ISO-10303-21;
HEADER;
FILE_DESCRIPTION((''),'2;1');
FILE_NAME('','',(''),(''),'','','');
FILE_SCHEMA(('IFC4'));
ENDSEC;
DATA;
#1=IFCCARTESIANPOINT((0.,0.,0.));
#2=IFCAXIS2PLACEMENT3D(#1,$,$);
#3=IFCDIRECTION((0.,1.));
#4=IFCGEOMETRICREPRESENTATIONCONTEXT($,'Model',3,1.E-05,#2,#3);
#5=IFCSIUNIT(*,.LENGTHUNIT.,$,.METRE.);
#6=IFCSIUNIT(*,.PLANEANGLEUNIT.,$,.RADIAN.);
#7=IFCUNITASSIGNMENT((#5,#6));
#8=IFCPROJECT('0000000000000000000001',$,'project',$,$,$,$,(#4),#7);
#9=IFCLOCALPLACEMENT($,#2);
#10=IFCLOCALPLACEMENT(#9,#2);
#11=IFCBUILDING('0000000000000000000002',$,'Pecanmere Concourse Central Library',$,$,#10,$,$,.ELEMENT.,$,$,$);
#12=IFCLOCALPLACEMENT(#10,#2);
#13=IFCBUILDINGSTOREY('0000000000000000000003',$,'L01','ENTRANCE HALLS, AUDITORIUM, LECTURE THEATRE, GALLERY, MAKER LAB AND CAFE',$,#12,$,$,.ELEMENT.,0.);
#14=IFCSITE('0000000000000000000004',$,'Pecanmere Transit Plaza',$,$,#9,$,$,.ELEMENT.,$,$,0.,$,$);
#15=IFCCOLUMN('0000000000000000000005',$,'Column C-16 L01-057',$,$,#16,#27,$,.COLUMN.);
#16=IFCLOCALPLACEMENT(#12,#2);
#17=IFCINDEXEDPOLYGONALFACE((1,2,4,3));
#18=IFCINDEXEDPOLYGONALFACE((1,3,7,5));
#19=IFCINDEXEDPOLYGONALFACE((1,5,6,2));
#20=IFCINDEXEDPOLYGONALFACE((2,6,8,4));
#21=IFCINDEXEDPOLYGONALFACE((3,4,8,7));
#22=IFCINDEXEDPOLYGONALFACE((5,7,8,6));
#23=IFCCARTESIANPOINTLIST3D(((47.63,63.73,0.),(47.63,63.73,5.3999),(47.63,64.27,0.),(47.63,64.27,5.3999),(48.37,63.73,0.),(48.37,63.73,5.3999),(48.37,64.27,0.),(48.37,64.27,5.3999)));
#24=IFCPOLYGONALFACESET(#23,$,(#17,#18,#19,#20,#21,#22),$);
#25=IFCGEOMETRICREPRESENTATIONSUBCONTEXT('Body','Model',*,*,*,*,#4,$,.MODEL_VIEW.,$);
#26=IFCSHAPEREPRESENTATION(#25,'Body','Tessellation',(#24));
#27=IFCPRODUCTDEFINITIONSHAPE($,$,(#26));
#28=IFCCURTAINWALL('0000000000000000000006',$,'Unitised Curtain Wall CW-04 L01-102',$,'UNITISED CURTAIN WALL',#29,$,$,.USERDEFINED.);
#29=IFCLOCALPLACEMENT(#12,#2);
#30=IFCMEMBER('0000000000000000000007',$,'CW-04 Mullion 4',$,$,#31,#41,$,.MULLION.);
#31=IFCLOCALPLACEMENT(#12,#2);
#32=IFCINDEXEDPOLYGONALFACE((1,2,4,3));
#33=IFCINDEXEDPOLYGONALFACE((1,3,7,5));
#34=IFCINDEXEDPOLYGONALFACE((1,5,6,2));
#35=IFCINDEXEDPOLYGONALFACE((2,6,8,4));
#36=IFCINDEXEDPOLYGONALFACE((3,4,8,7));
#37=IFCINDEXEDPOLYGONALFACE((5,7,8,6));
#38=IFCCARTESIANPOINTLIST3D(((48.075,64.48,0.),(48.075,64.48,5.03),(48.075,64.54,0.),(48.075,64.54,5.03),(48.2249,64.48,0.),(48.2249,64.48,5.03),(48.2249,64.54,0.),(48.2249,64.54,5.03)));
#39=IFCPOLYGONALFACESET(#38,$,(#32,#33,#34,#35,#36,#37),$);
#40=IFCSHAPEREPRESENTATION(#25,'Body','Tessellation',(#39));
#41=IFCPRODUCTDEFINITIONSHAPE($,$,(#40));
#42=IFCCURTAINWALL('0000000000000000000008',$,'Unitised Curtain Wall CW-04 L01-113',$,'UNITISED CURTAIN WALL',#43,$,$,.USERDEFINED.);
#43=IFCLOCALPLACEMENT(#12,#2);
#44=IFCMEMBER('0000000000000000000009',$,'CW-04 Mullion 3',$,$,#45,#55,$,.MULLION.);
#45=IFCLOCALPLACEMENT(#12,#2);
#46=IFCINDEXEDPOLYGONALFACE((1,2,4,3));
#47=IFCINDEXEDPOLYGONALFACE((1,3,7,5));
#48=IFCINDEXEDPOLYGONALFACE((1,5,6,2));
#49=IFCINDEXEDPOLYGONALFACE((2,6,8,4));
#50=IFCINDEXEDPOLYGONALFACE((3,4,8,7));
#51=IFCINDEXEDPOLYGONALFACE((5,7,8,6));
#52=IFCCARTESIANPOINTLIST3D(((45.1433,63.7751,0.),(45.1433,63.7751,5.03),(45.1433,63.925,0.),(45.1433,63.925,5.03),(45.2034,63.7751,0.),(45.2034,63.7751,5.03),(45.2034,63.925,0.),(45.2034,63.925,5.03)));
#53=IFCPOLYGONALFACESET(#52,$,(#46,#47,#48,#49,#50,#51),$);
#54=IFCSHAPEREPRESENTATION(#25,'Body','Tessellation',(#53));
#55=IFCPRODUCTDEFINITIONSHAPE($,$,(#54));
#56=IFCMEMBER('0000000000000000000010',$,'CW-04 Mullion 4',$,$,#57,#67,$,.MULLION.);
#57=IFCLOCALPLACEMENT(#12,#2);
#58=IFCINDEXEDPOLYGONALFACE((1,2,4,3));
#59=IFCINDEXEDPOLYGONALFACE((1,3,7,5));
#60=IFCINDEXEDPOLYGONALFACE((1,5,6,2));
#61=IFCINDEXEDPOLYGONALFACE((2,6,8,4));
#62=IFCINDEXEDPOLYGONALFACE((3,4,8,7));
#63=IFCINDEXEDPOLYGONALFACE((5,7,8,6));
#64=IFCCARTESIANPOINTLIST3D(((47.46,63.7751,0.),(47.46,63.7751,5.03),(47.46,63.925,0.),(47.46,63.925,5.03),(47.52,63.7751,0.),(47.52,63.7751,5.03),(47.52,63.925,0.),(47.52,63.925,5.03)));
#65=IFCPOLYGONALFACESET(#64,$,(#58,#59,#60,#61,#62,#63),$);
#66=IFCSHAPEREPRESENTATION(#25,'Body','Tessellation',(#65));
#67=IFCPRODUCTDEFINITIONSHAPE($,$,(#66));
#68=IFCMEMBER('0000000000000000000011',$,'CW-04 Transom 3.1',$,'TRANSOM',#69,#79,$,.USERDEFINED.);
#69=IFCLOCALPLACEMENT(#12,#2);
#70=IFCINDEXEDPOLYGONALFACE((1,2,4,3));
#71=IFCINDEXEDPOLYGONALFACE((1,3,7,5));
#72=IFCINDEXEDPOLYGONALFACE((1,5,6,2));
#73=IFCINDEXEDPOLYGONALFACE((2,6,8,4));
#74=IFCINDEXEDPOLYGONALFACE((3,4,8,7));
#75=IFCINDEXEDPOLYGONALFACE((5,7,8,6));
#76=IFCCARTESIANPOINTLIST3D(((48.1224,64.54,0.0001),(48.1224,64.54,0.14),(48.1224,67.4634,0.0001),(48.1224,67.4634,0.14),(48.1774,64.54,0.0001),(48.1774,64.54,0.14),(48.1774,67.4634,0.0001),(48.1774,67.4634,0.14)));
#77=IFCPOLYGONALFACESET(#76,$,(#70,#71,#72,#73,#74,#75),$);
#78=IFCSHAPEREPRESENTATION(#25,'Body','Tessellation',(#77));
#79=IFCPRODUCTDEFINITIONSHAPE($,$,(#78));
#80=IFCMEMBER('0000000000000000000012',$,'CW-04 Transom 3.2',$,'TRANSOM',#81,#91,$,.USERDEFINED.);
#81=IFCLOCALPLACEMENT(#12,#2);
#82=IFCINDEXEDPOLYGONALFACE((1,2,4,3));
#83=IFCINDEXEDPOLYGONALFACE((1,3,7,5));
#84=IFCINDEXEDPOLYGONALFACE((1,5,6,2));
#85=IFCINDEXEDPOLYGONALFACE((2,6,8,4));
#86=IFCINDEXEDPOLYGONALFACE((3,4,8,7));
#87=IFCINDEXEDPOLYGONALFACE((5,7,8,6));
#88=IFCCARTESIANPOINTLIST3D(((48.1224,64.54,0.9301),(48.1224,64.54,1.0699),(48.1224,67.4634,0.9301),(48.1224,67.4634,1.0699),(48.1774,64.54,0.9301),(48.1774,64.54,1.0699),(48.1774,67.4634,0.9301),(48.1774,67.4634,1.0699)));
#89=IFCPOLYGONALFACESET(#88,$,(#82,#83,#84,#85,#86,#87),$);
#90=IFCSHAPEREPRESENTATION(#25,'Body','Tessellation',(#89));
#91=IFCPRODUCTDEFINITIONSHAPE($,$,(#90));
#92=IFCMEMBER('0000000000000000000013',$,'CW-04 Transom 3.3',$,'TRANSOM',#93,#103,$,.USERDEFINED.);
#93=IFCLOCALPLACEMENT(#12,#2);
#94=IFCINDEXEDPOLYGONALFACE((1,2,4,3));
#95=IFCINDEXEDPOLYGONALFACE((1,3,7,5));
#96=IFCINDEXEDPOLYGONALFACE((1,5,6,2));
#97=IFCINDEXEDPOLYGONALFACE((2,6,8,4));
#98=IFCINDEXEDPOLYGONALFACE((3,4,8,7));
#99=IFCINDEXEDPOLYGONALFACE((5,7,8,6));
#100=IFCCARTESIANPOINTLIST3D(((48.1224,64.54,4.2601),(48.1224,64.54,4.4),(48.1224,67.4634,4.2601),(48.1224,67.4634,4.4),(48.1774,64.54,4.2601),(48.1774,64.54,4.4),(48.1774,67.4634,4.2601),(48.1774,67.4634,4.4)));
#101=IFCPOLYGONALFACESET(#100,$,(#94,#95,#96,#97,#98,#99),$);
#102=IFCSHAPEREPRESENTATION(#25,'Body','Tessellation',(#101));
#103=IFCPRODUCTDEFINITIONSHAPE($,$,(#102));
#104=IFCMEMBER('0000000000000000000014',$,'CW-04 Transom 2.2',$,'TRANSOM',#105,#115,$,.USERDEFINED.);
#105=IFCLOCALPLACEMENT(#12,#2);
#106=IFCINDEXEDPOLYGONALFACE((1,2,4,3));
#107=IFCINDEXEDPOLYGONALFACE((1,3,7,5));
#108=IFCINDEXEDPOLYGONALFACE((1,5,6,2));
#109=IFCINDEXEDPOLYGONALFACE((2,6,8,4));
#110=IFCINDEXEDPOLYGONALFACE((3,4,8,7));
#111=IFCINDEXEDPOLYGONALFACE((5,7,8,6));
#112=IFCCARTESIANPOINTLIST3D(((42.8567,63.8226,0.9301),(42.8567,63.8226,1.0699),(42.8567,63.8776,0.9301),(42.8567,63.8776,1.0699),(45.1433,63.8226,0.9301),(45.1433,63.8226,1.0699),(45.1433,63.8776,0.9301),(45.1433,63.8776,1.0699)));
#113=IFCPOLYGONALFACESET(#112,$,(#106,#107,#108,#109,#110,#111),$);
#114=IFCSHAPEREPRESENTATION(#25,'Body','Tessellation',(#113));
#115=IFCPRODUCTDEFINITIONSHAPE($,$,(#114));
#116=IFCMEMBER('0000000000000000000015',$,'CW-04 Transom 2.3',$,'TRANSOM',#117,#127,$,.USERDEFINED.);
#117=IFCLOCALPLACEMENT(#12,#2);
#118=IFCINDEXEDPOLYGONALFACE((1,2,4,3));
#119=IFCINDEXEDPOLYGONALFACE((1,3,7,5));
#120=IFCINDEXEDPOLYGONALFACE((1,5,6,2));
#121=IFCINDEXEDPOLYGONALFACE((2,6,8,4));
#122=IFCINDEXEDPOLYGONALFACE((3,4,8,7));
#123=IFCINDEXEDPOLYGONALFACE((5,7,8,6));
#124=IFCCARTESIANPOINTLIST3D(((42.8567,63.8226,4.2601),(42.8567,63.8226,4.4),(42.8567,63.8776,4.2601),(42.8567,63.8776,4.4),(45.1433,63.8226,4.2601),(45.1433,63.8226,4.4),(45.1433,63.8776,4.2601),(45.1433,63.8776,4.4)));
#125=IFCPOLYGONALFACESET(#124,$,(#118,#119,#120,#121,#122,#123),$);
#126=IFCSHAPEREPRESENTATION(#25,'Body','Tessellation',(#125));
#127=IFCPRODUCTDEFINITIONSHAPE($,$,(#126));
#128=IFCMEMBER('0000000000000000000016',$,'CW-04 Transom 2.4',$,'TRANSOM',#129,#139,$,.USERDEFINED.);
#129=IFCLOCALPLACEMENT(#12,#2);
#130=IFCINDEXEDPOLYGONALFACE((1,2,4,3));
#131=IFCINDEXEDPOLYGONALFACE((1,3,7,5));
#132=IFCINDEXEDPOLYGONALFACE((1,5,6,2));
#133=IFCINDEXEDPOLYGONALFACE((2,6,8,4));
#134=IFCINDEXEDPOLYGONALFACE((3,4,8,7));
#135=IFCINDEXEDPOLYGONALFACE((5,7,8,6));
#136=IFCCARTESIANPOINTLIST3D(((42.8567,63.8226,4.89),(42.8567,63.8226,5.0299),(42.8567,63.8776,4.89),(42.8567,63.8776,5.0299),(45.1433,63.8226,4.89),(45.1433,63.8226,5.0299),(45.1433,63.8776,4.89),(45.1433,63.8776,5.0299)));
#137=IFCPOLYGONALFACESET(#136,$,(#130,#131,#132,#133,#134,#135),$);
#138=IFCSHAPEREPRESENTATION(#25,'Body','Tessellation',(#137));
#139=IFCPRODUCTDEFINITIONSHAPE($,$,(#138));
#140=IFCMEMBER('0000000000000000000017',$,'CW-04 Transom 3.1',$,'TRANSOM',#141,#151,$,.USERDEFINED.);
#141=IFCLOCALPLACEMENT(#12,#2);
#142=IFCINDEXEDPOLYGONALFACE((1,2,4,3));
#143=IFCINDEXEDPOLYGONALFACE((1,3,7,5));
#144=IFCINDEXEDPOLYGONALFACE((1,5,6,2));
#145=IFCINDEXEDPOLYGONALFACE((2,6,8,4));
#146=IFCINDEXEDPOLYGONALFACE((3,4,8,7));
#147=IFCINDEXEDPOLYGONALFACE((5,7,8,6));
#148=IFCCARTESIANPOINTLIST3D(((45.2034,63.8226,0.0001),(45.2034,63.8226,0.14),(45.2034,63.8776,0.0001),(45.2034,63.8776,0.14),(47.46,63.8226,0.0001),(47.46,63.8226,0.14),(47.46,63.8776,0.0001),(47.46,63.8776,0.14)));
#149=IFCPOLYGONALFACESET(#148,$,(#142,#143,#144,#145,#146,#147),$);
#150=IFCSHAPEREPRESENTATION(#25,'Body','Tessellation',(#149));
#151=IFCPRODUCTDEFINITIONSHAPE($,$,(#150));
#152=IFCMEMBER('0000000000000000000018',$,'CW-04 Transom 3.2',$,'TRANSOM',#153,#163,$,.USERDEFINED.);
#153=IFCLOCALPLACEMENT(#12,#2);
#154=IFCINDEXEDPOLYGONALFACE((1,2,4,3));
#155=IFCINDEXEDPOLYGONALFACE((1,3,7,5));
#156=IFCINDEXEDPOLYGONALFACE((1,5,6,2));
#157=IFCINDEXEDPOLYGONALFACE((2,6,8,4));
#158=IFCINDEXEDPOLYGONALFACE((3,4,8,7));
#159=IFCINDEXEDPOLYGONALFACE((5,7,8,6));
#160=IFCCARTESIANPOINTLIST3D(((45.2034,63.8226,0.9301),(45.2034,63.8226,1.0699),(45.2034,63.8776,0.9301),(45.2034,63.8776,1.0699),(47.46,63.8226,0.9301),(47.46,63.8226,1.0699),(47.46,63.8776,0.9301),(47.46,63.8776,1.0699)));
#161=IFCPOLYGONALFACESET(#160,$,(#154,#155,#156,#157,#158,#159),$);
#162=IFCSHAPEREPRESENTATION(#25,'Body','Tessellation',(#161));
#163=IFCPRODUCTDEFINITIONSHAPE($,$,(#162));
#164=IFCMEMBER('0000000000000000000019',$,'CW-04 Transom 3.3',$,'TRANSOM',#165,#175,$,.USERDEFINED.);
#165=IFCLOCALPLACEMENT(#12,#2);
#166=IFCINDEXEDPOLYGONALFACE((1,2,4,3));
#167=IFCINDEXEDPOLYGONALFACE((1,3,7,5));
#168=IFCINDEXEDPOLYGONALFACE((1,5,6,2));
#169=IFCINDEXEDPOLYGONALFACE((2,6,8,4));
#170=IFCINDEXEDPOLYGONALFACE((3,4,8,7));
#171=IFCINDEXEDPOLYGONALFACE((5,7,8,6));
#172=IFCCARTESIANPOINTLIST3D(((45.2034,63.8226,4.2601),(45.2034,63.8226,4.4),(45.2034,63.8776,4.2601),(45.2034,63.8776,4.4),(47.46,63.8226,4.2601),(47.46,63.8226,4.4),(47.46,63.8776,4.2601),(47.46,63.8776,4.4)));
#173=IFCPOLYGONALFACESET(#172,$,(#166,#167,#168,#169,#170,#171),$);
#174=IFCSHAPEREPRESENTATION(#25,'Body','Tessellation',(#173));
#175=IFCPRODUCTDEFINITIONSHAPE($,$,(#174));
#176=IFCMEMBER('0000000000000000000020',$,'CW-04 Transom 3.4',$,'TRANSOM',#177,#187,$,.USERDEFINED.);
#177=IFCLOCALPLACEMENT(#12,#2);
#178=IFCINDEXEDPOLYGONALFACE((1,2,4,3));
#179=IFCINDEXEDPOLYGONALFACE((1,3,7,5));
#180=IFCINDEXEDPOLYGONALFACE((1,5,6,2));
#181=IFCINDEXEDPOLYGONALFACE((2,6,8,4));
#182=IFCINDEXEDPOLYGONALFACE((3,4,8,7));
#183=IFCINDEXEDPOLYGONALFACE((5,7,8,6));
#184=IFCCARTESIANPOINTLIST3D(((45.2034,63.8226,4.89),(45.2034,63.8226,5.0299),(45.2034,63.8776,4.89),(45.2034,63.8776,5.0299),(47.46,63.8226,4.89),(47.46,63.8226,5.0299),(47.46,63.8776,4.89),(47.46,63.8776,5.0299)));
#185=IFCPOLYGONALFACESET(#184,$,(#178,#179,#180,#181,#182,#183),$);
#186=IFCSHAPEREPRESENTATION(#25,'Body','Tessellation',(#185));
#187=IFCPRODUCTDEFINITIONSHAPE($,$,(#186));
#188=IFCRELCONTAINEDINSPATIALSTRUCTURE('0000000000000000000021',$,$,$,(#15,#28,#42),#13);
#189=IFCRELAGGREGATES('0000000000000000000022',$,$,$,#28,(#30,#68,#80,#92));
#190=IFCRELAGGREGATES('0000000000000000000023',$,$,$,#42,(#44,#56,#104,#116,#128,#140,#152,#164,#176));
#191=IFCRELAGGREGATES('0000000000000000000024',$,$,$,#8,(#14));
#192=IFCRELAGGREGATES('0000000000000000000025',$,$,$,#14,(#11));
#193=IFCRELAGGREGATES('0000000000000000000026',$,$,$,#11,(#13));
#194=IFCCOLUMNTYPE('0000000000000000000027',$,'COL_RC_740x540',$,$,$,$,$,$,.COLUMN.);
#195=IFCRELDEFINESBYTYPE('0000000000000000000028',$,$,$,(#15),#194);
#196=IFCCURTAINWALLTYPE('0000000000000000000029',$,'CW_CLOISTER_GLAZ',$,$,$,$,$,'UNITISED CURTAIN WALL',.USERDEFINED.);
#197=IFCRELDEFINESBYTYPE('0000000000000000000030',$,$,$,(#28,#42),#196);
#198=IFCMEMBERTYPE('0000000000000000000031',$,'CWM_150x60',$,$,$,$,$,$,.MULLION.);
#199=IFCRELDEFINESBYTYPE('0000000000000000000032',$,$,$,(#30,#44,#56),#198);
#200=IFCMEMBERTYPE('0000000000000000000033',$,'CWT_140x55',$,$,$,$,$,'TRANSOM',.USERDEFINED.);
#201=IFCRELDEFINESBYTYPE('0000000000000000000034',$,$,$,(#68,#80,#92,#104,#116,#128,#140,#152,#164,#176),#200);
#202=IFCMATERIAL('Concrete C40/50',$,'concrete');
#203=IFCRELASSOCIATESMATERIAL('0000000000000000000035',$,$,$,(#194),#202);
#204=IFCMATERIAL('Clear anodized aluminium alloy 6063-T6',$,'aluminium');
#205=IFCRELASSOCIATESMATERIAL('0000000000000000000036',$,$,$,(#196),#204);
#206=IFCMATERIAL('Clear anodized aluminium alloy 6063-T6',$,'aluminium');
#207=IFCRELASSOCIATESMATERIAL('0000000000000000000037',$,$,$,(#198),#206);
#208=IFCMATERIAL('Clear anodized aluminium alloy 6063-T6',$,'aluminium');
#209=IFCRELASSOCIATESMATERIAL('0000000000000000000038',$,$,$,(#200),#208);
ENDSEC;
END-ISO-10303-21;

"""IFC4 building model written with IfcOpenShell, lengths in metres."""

from ifc_helpers import new_model, si_unit, direction, frame, origin, origin_2d, place, context, subcontext, project, spatial, rectangle, extrude, material, material_profile, profile_set, type_object, element, aggregate, save


model = new_model("IFC4")

# Units and contexts
model_context = context("Model", 3, precision=1e-05, world=origin(), true_north=direction((0.0, 1.0)))
body_context = subcontext(model_context, "Body", "Model", "MODEL_VIEW")
ifc_project = project(units=[si_unit("LENGTHUNIT", "METRE"), si_unit("PLANEANGLEUNIT", "RADIAN")], contexts=[model_context])

# Site, building, storey
site_placement = place(None, origin())
site = spatial("IfcSite", under=ifc_project, at=site_placement, Name="Pecanmere Transit Plaza", CompositionType="ELEMENT", RefElevation=0.0)
building_placement = place(site_placement, origin())
building = spatial("IfcBuilding", under=site, at=building_placement, Name="Pecanmere Concourse Central Library", CompositionType="ELEMENT")
storey_placement = place(building_placement, origin())
storey = spatial("IfcBuildingStorey", under=building, at=storey_placement, Name="L01", Description="ENTRANCE HALLS, AUDITORIUM, LECTURE THEATRE, GALLERY, MAKER LAB AND CAFE", CompositionType="ELEMENT", Elevation=0.0)

# Column
ifc_material_1 = material(Name="Concrete C40/50", Category="concrete")
ifc_material_profile_1 = material_profile(ifc_material_1, rectangle(XDim=0.74, YDim=0.54, at=origin_2d()), Name="RC 740x540")
ifc_profile_set_1 = profile_set([ifc_material_profile_1], Name="Concrete C40/50")
column_type = type_object("IfcColumnType", Name="COL_RC_740x540", PredefinedType="COLUMN", material=ifc_profile_set_1)
column_placement = place(storey_placement, frame((48.0, 64.0, 0.0), z_axis=(0.0, 0.0, 1.0), x_axis=(1.0, 0.0, 0.0)))
element("IfcColumn", 1, at=column_placement, inside=storey, type_object=column_type, Name="Column C-16 L01-057", PredefinedType="COLUMN", context=body_context, shape_type="SweptSolid", body=[
    extrude(rectangle(XDim=0.74, YDim=0.54, at=origin_2d()), origin(), (0.0, 0.0, 1.0), 5.3999),
])

# Curtain wall, member
ifc_material_2 = material(Name="Clear anodized aluminium alloy 6063-T6", Category="aluminium")
curtain_wall_type = type_object("IfcCurtainWallType", Name="CW_CLOISTER_GLAZ", ElementType="UNITISED CURTAIN WALL", PredefinedType="USERDEFINED", material=ifc_material_2)
curtain_wall_1_placement = place(storey_placement, origin())
curtain_wall_1 = element("IfcCurtainWall", 2, at=curtain_wall_1_placement, inside=storey, type_object=curtain_wall_type, Name="Unitised Curtain Wall CW-04 L01-102", ObjectType="UNITISED CURTAIN WALL", PredefinedType="USERDEFINED")
ifc_material_3 = material(Name="Clear anodized aluminium alloy 6063-T6", Category="aluminium")
ifc_material_profile_2 = material_profile(ifc_material_3, rectangle(XDim=0.0601, YDim=0.1499, at=origin_2d()), Name="AL 60x150")
ifc_profile_set_2 = profile_set([ifc_material_profile_2], Name="Clear anodized aluminium alloy 6063-T6")
member_type_1 = type_object("IfcMemberType", Name="CWM_150x60", PredefinedType="MULLION", material=ifc_profile_set_2)
member_1_placement = place(storey_placement, frame((48.1499, 64.51, 0.0), z_axis=(0.0, 0.0, 1.0), x_axis=(0.0, -1.0, 0.0)))
member_1 = element("IfcMember", 3, at=member_1_placement, type_object=member_type_1, Name="CW-04 Mullion 4", PredefinedType="MULLION", context=body_context, shape_type="SweptSolid", body=[
    extrude(rectangle(XDim=0.0601, YDim=0.1499, at=origin_2d()), origin(), (0.0, 0.0, 1.0), 5.03),
])

# Curtain wall, members
curtain_wall_2_placement = place(storey_placement, origin())
curtain_wall_2 = element("IfcCurtainWall", 4, at=curtain_wall_2_placement, inside=storey, type_object=curtain_wall_type, Name="Unitised Curtain Wall CW-04 L01-113", ObjectType="UNITISED CURTAIN WALL", PredefinedType="USERDEFINED")
member_2_placement = place(storey_placement, frame((45.1733, 63.8501, 0.0), z_axis=(0.0, 0.0, 1.0), x_axis=(1.0, 0.0, 0.0)))
member_2 = element("IfcMember", 5, at=member_2_placement, type_object=member_type_1, Name="CW-04 Mullion 3", PredefinedType="MULLION", context=body_context, shape_type="SweptSolid", body=[
    extrude(rectangle(XDim=0.0601, YDim=0.1499, at=origin_2d()), origin(), (0.0, 0.0, 1.0), 5.03),
])
member_3_placement = place(storey_placement, frame((47.49, 63.8501, 0.0), z_axis=(0.0, 0.0, 1.0), x_axis=(1.0, 0.0, 0.0)))
member_3 = element("IfcMember", 6, at=member_3_placement, type_object=member_type_1, Name="CW-04 Mullion 4", PredefinedType="MULLION", context=body_context, shape_type="SweptSolid", body=[
    extrude(rectangle(XDim=0.0601, YDim=0.1499, at=origin_2d()), origin(), (0.0, 0.0, 1.0), 5.03),
])

# Members
ifc_material_4 = material(Name="Clear anodized aluminium alloy 6063-T6", Category="aluminium")
ifc_material_profile_3 = material_profile(ifc_material_4, rectangle(XDim=0.0549, YDim=0.1399, at=origin_2d()), Name="AL 55x140")
ifc_profile_set_3 = profile_set([ifc_material_profile_3], Name="Clear anodized aluminium alloy 6063-T6")
member_type_2 = type_object("IfcMemberType", Name="CWT_140x55", ElementType="TRANSOM", PredefinedType="USERDEFINED", material=ifc_profile_set_3)
member_4_placement = place(storey_placement, frame((48.1499, 67.4634, 0.0701), z_axis=(0.0, -1.0, 0.0), x_axis=(1.0, 0.0, 0.0)))
member_4 = element("IfcMember", 7, at=member_4_placement, type_object=member_type_2, Name="CW-04 Transom 3.1", ObjectType="TRANSOM", PredefinedType="USERDEFINED", context=body_context, shape_type="SweptSolid", body=[
    extrude(rectangle(XDim=0.0549, YDim=0.1399, at=origin_2d()), origin(), (0.0, 0.0, 1.0), 2.9233),
])
member_5_placement = place(storey_placement, frame((48.1499, 67.4634, 1.0), z_axis=(0.0, -1.0, 0.0), x_axis=(1.0, 0.0, 0.0)))
member_5 = element("IfcMember", 8, at=member_5_placement, type_object=member_type_2, Name="CW-04 Transom 3.2", ObjectType="TRANSOM", PredefinedType="USERDEFINED", context=body_context, shape_type="SweptSolid", body=[
    extrude(rectangle(XDim=0.0549, YDim=0.1399, at=origin_2d()), origin(), (0.0, 0.0, 1.0), 2.9233),
])
member_6_placement = place(storey_placement, frame((48.1499, 67.4634, 4.3301), z_axis=(0.0, -1.0, 0.0), x_axis=(1.0, 0.0, 0.0)))
member_6 = element("IfcMember", 9, at=member_6_placement, type_object=member_type_2, Name="CW-04 Transom 3.3", ObjectType="TRANSOM", PredefinedType="USERDEFINED", context=body_context, shape_type="SweptSolid", body=[
    extrude(rectangle(XDim=0.0549, YDim=0.1399, at=origin_2d()), origin(), (0.0, 0.0, 1.0), 2.9233),
])
member_7_placement = place(storey_placement, frame((42.8567, 63.8501, 1.0), z_axis=(1.0, 0.0, 0.0), x_axis=(0.0, 1.0, 0.0)))
member_7 = element("IfcMember", 10, at=member_7_placement, type_object=member_type_2, Name="CW-04 Transom 2.2", ObjectType="TRANSOM", PredefinedType="USERDEFINED", context=body_context, shape_type="SweptSolid", body=[
    extrude(rectangle(XDim=0.0549, YDim=0.1399, at=origin_2d()), origin(), (0.0, 0.0, 1.0), 2.2866),
])
member_8_placement = place(storey_placement, frame((42.8567, 63.8501, 4.3301), z_axis=(1.0, 0.0, 0.0), x_axis=(0.0, 1.0, 0.0)))
member_8 = element("IfcMember", 11, at=member_8_placement, type_object=member_type_2, Name="CW-04 Transom 2.3", ObjectType="TRANSOM", PredefinedType="USERDEFINED", context=body_context, shape_type="SweptSolid", body=[
    extrude(rectangle(XDim=0.0549, YDim=0.1399, at=origin_2d()), origin(), (0.0, 0.0, 1.0), 2.2866),
])
member_9_placement = place(storey_placement, frame((42.8567, 63.8501, 4.96), z_axis=(1.0, 0.0, 0.0), x_axis=(0.0, 1.0, 0.0)))
member_9 = element("IfcMember", 12, at=member_9_placement, type_object=member_type_2, Name="CW-04 Transom 2.4", ObjectType="TRANSOM", PredefinedType="USERDEFINED", context=body_context, shape_type="SweptSolid", body=[
    extrude(rectangle(XDim=0.0549, YDim=0.1399, at=origin_2d()), origin(), (0.0, 0.0, 1.0), 2.2866),
])
member_10_placement = place(storey_placement, frame((45.2034, 63.8501, 0.0701), z_axis=(1.0, 0.0, 0.0), x_axis=(0.0, 1.0, 0.0)))
member_10 = element("IfcMember", 13, at=member_10_placement, type_object=member_type_2, Name="CW-04 Transom 3.1", ObjectType="TRANSOM", PredefinedType="USERDEFINED", context=body_context, shape_type="SweptSolid", body=[
    extrude(rectangle(XDim=0.0549, YDim=0.1399, at=origin_2d()), origin(), (0.0, 0.0, 1.0), 2.2566),
])
member_11_placement = place(storey_placement, frame((45.2034, 63.8501, 1.0), z_axis=(1.0, 0.0, 0.0), x_axis=(0.0, 1.0, 0.0)))
member_11 = element("IfcMember", 14, at=member_11_placement, type_object=member_type_2, Name="CW-04 Transom 3.2", ObjectType="TRANSOM", PredefinedType="USERDEFINED", context=body_context, shape_type="SweptSolid", body=[
    extrude(rectangle(XDim=0.0549, YDim=0.1399, at=origin_2d()), origin(), (0.0, 0.0, 1.0), 2.2566),
])
member_12_placement = place(storey_placement, frame((45.2034, 63.8501, 4.3301), z_axis=(1.0, 0.0, 0.0), x_axis=(0.0, 1.0, 0.0)))
member_12 = element("IfcMember", 15, at=member_12_placement, type_object=member_type_2, Name="CW-04 Transom 3.3", ObjectType="TRANSOM", PredefinedType="USERDEFINED", context=body_context, shape_type="SweptSolid", body=[
    extrude(rectangle(XDim=0.0549, YDim=0.1399, at=origin_2d()), origin(), (0.0, 0.0, 1.0), 2.2566),
])
member_13_placement = place(storey_placement, frame((45.2034, 63.8501, 4.96), z_axis=(1.0, 0.0, 0.0), x_axis=(0.0, 1.0, 0.0)))
member_13 = element("IfcMember", 16, at=member_13_placement, type_object=member_type_2, Name="CW-04 Transom 3.4", ObjectType="TRANSOM", PredefinedType="USERDEFINED", context=body_context, shape_type="SweptSolid", body=[
    extrude(rectangle(XDim=0.0549, YDim=0.1399, at=origin_2d()), origin(), (0.0, 0.0, 1.0), 2.2566),
])

aggregate(curtain_wall_1, [member_1, member_4, member_5, member_6])
aggregate(curtain_wall_2, [member_2, member_3, member_7, member_8, member_9, member_10, member_11, member_12, member_13])

save(model, "model.ifc")
